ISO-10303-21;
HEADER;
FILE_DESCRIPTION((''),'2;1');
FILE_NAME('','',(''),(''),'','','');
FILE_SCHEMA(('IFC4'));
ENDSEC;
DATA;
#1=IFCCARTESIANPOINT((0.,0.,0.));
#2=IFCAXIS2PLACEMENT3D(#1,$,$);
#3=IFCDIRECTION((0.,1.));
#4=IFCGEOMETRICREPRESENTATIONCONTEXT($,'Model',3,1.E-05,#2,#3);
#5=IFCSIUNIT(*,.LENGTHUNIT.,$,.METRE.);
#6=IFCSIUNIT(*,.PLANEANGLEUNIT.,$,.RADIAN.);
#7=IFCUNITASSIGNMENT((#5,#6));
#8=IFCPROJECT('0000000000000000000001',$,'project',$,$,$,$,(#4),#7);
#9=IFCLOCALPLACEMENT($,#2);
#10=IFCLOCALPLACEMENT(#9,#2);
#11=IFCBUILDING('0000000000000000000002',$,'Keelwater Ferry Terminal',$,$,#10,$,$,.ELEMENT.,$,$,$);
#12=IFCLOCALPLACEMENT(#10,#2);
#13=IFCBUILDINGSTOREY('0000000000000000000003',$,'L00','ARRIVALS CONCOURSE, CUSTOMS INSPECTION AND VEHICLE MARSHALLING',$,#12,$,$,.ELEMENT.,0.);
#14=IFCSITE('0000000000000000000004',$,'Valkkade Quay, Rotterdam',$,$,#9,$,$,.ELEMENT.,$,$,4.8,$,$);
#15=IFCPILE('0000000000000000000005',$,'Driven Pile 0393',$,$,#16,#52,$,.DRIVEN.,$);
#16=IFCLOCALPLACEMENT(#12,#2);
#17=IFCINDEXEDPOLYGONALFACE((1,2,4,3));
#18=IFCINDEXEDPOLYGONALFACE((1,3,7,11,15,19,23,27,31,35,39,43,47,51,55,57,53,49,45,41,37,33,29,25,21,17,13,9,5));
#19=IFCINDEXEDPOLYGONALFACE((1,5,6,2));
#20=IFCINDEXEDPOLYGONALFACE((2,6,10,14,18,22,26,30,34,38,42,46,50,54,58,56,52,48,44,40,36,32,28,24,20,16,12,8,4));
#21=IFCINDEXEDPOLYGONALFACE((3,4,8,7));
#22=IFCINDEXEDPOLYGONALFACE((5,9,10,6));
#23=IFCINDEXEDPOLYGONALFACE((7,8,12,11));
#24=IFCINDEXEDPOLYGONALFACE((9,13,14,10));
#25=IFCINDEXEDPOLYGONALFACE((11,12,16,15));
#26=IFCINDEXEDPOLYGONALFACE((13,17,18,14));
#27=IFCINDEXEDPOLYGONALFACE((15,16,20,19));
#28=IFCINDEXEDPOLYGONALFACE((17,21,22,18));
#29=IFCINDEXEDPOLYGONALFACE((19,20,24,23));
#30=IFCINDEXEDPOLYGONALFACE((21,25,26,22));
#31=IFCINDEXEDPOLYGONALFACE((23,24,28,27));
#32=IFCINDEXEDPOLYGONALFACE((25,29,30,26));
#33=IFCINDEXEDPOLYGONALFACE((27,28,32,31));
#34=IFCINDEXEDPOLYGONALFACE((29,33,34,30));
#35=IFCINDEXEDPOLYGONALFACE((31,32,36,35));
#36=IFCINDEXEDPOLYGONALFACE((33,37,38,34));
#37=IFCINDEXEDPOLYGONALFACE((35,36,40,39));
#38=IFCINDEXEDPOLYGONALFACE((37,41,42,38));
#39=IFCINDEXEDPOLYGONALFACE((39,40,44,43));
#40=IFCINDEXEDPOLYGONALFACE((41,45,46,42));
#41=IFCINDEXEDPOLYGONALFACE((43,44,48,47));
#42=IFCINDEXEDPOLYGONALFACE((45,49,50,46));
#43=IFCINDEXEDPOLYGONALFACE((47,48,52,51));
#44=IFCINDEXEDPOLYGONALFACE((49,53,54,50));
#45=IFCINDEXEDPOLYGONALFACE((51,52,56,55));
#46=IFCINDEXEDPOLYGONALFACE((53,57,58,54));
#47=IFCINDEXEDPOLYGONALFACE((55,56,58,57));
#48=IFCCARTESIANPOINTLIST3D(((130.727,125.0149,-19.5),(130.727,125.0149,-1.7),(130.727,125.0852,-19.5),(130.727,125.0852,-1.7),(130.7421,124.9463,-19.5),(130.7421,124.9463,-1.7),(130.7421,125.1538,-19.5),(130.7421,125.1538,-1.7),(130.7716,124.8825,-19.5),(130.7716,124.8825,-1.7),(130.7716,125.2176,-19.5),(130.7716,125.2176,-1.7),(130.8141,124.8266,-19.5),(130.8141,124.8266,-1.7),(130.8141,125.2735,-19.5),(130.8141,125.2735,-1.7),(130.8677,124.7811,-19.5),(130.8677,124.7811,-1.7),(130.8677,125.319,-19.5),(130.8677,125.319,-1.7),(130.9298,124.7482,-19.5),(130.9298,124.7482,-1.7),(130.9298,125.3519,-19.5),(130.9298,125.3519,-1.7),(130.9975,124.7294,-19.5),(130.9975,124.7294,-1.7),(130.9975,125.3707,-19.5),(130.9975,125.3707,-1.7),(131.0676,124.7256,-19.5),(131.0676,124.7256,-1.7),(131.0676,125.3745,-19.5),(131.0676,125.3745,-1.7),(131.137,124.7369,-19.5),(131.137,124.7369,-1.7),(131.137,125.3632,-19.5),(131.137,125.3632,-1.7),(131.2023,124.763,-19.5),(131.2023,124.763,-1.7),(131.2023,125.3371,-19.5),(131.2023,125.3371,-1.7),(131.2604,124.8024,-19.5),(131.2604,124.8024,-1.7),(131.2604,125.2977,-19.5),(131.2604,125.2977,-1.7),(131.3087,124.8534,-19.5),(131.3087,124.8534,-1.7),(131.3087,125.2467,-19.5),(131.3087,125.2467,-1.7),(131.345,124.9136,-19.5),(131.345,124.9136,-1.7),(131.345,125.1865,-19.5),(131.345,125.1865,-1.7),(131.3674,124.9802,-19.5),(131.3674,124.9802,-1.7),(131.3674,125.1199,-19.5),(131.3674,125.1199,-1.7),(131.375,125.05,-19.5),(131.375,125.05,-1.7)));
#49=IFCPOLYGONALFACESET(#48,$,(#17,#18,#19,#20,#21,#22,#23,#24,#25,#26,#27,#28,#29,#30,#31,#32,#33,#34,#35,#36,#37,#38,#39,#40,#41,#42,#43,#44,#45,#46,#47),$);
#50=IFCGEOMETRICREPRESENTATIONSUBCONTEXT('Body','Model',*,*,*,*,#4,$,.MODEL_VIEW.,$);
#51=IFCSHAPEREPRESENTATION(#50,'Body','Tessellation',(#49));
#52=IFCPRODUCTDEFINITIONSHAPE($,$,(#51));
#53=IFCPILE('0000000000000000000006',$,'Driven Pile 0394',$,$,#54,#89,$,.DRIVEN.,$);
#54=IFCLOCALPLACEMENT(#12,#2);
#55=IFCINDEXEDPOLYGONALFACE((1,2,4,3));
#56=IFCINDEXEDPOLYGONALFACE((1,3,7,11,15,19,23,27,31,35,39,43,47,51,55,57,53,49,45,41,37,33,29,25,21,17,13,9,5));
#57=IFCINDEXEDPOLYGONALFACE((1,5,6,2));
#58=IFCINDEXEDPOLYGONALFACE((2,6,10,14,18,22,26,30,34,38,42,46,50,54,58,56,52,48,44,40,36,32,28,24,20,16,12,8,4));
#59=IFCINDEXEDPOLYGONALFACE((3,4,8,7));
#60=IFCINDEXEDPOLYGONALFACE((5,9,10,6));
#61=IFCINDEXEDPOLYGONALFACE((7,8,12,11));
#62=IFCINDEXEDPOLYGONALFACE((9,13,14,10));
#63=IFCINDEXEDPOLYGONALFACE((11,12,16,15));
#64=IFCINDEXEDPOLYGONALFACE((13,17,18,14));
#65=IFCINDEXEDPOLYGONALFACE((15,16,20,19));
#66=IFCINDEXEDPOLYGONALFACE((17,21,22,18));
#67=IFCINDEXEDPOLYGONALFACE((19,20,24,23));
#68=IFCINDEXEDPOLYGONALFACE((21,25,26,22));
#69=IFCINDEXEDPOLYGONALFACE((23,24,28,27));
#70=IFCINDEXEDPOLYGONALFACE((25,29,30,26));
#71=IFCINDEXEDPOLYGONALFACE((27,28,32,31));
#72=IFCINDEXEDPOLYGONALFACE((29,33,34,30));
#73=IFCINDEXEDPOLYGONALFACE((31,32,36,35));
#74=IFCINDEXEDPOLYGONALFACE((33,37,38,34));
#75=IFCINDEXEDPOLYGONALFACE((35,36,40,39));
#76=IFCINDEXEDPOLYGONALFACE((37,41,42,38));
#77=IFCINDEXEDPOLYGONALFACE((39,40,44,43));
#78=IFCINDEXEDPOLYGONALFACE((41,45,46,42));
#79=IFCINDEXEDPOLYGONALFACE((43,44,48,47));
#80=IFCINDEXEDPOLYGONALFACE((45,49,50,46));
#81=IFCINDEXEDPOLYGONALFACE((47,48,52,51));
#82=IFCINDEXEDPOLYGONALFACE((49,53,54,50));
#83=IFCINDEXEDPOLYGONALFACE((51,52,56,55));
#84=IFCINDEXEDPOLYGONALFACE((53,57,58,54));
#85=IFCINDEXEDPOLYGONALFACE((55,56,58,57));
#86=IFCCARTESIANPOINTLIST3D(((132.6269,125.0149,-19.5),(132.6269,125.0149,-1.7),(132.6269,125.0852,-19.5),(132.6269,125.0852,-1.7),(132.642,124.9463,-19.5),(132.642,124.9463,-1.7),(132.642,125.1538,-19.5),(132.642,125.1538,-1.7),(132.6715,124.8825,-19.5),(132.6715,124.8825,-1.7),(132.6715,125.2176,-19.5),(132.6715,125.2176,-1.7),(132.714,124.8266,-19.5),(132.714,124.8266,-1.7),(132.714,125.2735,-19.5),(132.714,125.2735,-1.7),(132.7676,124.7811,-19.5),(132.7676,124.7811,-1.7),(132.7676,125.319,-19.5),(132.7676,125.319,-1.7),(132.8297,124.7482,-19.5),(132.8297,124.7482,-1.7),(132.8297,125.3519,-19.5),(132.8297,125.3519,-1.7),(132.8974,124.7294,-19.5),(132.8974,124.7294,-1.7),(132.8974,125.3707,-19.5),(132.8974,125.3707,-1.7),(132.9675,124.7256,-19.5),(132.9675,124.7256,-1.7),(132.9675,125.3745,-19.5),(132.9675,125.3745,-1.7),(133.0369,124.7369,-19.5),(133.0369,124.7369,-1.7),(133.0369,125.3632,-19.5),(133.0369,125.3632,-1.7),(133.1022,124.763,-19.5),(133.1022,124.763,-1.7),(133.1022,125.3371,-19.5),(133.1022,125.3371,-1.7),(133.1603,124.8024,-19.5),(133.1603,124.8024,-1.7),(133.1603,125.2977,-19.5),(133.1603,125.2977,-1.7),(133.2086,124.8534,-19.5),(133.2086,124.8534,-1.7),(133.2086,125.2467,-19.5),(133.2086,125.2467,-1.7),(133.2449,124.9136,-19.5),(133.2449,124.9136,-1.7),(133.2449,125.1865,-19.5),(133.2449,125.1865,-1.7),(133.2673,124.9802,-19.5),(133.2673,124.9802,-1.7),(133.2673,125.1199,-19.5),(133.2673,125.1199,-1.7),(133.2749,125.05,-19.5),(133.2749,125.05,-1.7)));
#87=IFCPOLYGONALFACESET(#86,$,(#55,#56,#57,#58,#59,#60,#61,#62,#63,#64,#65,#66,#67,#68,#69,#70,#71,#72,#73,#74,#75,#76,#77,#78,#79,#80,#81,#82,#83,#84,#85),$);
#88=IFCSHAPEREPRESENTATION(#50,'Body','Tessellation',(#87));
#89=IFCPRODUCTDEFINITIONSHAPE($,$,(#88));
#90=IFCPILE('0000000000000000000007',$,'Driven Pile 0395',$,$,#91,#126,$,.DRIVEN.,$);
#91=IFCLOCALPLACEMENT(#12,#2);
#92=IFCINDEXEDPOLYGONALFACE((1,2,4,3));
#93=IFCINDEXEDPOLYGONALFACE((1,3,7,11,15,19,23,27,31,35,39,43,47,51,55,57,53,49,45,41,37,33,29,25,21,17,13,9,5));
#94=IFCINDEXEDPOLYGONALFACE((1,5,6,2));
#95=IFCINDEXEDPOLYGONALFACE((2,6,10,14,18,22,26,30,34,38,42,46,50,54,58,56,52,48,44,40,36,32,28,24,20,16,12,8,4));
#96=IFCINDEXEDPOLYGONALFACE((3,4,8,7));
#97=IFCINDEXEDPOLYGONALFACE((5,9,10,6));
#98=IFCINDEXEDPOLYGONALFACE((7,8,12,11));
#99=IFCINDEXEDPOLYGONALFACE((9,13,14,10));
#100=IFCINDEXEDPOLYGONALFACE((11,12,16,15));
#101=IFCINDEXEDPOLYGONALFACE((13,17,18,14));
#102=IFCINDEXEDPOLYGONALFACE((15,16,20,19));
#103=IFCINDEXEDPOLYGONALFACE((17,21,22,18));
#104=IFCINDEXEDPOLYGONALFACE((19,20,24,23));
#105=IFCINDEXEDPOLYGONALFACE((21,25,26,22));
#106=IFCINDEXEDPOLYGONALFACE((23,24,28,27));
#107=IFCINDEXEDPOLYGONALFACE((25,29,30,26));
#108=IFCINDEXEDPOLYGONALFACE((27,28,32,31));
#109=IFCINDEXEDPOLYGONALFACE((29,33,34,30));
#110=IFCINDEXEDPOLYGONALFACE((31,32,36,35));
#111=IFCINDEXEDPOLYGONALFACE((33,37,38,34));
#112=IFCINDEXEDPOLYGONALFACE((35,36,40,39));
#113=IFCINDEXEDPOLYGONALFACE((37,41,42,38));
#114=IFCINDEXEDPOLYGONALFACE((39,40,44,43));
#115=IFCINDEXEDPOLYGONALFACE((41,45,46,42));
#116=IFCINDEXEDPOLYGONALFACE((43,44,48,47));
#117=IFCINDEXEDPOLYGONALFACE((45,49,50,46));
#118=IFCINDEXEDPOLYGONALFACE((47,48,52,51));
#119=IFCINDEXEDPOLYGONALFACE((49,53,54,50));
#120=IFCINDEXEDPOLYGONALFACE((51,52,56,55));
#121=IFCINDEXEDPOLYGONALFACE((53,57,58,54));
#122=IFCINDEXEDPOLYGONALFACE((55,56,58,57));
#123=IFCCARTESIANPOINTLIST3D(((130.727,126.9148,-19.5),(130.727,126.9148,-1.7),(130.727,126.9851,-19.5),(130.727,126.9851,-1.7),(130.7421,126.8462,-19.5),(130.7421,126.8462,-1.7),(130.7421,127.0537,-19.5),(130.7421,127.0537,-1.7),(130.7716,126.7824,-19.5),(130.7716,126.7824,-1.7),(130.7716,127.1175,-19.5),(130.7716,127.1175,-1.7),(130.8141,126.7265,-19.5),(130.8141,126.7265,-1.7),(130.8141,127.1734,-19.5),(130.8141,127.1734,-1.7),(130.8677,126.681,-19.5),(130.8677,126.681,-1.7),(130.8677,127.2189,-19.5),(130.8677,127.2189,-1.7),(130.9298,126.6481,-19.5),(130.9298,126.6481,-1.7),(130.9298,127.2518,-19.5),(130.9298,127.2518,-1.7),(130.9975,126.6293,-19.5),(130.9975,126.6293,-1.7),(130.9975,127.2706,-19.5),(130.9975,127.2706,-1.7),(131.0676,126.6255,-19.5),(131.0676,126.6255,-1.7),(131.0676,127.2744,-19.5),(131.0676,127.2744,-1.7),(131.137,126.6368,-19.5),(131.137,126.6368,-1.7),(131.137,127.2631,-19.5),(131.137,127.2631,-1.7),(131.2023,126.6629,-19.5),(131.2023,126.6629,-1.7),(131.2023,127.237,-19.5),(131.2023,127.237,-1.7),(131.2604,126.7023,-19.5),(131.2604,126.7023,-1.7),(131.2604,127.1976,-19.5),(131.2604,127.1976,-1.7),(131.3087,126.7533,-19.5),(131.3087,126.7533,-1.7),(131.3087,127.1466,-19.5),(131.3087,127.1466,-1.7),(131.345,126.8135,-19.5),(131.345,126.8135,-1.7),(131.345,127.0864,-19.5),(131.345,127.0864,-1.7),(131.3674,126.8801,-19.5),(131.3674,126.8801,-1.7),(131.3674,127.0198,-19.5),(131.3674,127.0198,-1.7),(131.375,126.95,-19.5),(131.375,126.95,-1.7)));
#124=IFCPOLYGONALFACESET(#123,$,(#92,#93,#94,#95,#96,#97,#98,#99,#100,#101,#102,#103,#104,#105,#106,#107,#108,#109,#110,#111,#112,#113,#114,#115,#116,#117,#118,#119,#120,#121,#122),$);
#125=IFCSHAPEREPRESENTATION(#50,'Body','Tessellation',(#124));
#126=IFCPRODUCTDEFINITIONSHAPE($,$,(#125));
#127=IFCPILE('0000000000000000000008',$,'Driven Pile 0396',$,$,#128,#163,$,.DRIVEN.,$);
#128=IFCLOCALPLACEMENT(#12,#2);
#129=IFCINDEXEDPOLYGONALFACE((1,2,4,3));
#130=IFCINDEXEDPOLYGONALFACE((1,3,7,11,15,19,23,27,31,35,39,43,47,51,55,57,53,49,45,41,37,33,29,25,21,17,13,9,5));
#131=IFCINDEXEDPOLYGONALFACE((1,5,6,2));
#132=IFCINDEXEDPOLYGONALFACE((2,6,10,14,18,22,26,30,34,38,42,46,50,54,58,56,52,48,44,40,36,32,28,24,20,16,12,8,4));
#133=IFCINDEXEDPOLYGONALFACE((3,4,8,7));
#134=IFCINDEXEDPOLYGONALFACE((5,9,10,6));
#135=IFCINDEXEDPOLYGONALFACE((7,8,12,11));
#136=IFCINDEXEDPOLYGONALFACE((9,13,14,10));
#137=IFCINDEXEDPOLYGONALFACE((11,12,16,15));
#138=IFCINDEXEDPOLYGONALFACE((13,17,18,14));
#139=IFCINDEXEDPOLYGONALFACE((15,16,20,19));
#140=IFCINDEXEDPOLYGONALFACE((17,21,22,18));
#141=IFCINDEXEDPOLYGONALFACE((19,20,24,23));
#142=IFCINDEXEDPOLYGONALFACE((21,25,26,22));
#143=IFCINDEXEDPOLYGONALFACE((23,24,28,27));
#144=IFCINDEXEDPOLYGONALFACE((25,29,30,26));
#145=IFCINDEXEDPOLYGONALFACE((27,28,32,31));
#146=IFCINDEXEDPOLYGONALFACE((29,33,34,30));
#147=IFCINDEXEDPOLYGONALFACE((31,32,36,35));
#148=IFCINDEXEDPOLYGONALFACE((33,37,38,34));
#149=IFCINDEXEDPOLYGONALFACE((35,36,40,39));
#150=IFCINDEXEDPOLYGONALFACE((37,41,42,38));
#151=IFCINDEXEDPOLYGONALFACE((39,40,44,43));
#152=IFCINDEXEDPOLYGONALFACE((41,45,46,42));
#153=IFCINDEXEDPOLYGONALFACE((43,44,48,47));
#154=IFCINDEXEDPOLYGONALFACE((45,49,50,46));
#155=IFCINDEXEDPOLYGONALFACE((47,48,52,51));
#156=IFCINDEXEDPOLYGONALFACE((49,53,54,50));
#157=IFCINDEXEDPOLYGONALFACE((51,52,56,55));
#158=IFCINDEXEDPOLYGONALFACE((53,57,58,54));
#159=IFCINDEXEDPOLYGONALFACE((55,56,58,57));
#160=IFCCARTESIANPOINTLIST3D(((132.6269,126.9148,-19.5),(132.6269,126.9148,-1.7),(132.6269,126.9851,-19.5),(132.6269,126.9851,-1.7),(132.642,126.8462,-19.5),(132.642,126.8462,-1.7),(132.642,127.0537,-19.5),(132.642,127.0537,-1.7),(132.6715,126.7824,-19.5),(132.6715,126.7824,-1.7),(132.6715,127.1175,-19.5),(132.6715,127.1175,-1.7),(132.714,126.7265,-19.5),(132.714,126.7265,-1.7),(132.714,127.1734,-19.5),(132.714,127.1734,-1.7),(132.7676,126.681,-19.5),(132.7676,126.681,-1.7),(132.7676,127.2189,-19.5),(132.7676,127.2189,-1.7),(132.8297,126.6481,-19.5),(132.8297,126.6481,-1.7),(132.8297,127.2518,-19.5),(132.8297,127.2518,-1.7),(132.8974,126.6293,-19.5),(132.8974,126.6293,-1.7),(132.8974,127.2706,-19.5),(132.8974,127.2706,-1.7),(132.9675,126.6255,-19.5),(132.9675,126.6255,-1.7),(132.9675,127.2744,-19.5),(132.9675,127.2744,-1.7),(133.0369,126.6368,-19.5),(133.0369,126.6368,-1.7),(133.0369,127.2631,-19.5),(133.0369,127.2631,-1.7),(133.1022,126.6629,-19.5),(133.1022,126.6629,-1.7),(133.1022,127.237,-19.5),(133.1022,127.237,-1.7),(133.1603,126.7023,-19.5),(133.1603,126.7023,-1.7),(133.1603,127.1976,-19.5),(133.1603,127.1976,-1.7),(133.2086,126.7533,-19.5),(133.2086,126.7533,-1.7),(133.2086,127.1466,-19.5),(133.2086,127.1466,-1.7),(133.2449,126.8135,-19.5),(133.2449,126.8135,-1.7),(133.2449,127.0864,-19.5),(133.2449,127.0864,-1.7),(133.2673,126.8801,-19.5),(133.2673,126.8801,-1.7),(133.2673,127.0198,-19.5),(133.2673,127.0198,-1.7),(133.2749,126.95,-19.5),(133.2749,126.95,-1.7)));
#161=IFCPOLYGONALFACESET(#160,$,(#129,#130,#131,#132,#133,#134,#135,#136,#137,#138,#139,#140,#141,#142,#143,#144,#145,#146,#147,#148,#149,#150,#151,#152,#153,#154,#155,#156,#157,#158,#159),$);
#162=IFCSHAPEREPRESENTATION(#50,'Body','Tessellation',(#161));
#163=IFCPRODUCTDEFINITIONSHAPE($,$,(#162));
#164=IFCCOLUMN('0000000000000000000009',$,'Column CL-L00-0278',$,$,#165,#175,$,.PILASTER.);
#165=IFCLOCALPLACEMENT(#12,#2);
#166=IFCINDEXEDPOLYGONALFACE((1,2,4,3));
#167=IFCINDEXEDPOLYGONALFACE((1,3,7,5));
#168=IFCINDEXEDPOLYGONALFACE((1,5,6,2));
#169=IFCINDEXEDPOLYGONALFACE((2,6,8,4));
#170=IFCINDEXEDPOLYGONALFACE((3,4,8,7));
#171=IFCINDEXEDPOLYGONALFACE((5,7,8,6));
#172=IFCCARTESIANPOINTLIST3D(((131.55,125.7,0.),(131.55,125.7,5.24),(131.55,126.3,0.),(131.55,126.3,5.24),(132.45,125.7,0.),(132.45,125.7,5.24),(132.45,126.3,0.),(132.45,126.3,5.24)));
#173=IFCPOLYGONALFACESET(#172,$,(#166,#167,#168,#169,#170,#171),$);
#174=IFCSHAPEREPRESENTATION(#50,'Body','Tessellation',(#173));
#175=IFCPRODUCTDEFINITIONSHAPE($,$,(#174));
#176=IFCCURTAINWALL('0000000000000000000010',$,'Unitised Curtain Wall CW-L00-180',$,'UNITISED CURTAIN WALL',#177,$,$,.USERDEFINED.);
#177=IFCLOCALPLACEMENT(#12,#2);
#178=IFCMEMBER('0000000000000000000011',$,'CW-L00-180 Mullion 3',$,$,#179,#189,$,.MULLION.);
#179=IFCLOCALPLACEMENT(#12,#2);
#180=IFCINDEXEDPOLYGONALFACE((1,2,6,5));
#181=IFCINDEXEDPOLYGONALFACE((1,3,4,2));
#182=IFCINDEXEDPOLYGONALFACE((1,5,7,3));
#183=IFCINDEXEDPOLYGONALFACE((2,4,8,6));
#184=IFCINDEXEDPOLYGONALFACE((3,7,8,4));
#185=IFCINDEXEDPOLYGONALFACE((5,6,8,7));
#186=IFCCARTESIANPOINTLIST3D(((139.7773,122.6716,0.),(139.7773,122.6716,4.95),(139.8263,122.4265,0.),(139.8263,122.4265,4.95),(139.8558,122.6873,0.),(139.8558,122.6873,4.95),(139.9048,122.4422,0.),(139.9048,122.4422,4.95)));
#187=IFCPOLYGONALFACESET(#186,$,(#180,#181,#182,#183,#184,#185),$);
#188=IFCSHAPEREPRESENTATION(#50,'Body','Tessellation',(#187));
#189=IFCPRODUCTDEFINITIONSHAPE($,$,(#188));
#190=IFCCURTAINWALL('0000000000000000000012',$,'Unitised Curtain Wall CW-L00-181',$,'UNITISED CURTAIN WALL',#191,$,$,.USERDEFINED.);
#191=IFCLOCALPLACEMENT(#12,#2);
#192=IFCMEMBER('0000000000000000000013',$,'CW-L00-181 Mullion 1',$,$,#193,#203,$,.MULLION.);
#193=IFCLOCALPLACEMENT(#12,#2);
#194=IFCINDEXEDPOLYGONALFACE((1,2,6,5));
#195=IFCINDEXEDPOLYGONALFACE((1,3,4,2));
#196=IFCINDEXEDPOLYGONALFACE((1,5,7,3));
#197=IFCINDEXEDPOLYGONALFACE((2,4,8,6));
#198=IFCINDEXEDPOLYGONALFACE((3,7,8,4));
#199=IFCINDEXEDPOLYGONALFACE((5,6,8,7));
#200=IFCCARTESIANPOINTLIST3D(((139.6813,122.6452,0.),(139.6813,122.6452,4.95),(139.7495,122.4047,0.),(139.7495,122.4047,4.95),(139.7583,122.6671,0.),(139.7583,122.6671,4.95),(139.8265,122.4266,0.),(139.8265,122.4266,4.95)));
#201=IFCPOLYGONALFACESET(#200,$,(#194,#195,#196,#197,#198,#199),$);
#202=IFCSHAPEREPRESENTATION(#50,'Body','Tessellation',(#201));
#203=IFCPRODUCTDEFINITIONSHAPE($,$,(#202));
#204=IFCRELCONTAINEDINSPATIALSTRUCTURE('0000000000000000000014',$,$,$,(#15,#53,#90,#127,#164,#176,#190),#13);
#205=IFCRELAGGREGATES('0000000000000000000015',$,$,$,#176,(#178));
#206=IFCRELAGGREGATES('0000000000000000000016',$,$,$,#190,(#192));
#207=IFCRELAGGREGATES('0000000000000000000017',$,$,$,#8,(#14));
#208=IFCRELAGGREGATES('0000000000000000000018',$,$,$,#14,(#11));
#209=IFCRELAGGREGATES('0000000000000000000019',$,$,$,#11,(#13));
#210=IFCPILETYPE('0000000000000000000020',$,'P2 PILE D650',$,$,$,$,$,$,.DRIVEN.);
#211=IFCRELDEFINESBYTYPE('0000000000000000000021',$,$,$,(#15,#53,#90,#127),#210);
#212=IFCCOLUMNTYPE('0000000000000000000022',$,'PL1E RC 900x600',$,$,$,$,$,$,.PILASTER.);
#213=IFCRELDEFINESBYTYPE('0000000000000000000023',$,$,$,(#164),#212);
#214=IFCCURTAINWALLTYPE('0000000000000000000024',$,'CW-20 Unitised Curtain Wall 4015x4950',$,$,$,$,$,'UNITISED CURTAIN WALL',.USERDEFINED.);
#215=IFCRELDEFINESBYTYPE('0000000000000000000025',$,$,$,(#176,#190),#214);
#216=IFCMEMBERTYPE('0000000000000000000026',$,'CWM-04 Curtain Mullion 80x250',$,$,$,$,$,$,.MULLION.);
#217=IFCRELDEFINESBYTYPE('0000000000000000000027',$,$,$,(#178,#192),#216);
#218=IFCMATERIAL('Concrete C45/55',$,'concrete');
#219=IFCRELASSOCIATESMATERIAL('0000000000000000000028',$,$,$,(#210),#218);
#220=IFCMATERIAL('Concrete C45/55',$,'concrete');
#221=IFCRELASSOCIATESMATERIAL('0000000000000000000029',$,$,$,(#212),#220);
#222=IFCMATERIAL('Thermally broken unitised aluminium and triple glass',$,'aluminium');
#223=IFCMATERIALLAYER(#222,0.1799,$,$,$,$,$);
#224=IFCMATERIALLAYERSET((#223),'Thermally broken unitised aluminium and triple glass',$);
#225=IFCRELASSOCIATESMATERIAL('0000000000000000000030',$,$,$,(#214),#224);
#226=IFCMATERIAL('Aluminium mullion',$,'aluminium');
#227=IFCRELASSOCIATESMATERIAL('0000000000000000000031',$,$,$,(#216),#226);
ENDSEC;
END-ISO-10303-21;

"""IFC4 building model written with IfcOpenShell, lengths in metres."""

from ifc_helpers import new_model, si_unit, direction, frame, origin, origin_2d, place, context, subcontext, project, spatial, rectangle, circle, extrude, material, layer, layer_set, material_profile, profile_set, type_object, element, aggregate, save


model = new_model("IFC4")

# Units and contexts
model_context = context("Model", 3, precision=1e-05, world=origin(), true_north=direction((0.0, 1.0)))
body_context = subcontext(model_context, "Body", "Model", "MODEL_VIEW")
ifc_project = project(units=[si_unit("LENGTHUNIT", "METRE"), si_unit("PLANEANGLEUNIT", "RADIAN")], contexts=[model_context])

# Site, building, storey
site_placement = place(None, origin())
site = spatial("IfcSite", under=ifc_project, at=site_placement, Name="Valkkade Quay, Rotterdam", CompositionType="ELEMENT", RefElevation=4.8)
building_placement = place(site_placement, origin())
building = spatial("IfcBuilding", under=site, at=building_placement, Name="Keelwater Ferry Terminal", CompositionType="ELEMENT")
storey_placement = place(building_placement, origin())
storey = spatial("IfcBuildingStorey", under=building, at=storey_placement, Name="L00", Description="ARRIVALS CONCOURSE, CUSTOMS INSPECTION AND VEHICLE MARSHALLING", CompositionType="ELEMENT", Elevation=0.0)

# Piles
ifc_material_1 = material(Name="Concrete C45/55", Category="concrete")
ifc_material_profile_1 = material_profile(ifc_material_1, circle(Radius=0.325, at=origin_2d()), Name="PILE D650")
ifc_profile_set_1 = profile_set([ifc_material_profile_1], Name="Concrete C45/55")
pile_type = type_object("IfcPileType", Name="P2 PILE D650", PredefinedType="DRIVEN", material=ifc_profile_set_1)
for number, where, z_axis, x_axis, name in (
    (1, (131.05, 125.05, -1.7), (0.0, 0.0, -1.0), (1.0, 0.0, 0.0), "Driven Pile 0393"),
    (2, (132.95, 125.05, -1.7), (0.0, 0.0, -1.0), (1.0, 0.0, 0.0), "Driven Pile 0394"),
    (3, (131.05, 126.95, -1.7), (0.0, 0.0, -1.0), (1.0, 0.0, 0.0), "Driven Pile 0395"),
    (4, (132.95, 126.95, -1.7), (0.0, 0.0, -1.0), (1.0, 0.0, 0.0), "Driven Pile 0396"),
):
    element("IfcPile", number, at=place(storey_placement, frame(where, z_axis=z_axis, x_axis=x_axis)), inside=storey, type_object=pile_type, Name=name, PredefinedType="DRIVEN", context=body_context, shape_type="SweptSolid", body=[
        extrude(circle(Radius=0.325, at=origin_2d()), origin(), (0.0, 0.0, 1.0), 17.8),
    ])

# Column
ifc_material_2 = material(Name="Concrete C45/55", Category="concrete")
ifc_material_profile_2 = material_profile(ifc_material_2, rectangle(XDim=0.6001, YDim=0.8999, at=origin_2d()), Name="RC 900x600")
ifc_profile_set_2 = profile_set([ifc_material_profile_2], Name="Concrete C45/55")
column_type = type_object("IfcColumnType", Name="PL1E RC 900x600", PredefinedType="PILASTER", material=ifc_profile_set_2)
column_placement = place(storey_placement, frame((132.0, 126.0, 0.0), z_axis=(0.0, 0.0, 1.0), x_axis=(0.0, 1.0, 0.0)))
element("IfcColumn", 5, at=column_placement, inside=storey, type_object=column_type, Name="Column CL-L00-0278", PredefinedType="PILASTER", context=body_context, shape_type="SweptSolid", body=[
    extrude(rectangle(XDim=0.6001, YDim=0.8999, at=origin_2d()), origin(), (0.0, 0.0, 1.0), 5.24),
])

# Curtain wall, member
ifc_material_3 = material(Name="Thermally broken unitised aluminium and triple glass", Category="aluminium")
ifc_layer_1 = layer(ifc_material_3, 0.1799)
ifc_layer_set_1 = layer_set([ifc_layer_1], Name="Thermally broken unitised aluminium and triple glass")
curtain_wall_type = type_object("IfcCurtainWallType", Name="CW-20 Unitised Curtain Wall 4015x4950", ElementType="UNITISED CURTAIN WALL", PredefinedType="USERDEFINED", material=ifc_layer_set_1)
curtain_wall_1_placement = place(storey_placement, origin())
curtain_wall_1 = element("IfcCurtainWall", 6, at=curtain_wall_1_placement, inside=storey, type_object=curtain_wall_type, Name="Unitised Curtain Wall CW-L00-180", ObjectType="UNITISED CURTAIN WALL", PredefinedType="USERDEFINED")
ifc_material_4 = material(Name="Aluminium mullion", Category="aluminium")
ifc_material_profile_3 = material_profile(ifc_material_4, rectangle(XDim=0.0801, YDim=0.25, at=origin_2d()), Name="CWM-04")
ifc_profile_set_3 = profile_set([ifc_material_profile_3], Name="Aluminium mullion")
member_type_1 = type_object("IfcMemberType", Name="CWM-04 Curtain Mullion 80x250", PredefinedType="MULLION", material=ifc_profile_set_3)
member_1_placement = place(storey_placement, frame((139.8411, 122.5569, 0.0), z_axis=(0.0, 0.0, 1.0), x_axis=(-0.9806, -0.19602, 0.0)))
member_1 = element("IfcMember", 7, at=member_1_placement, type_object=member_type_1, Name="CW-L00-180 Mullion 3", PredefinedType="MULLION", context=body_context, shape_type="SweptSolid", body=[
    extrude(rectangle(XDim=0.0801, YDim=0.25, at=origin_2d()), origin(), (0.0, 0.0, 1.0), 4.95),
])
aggregate(curtain_wall_1, [member_1])

# Curtain wall, member
curtain_wall_2_placement = place(storey_placement, origin())
curtain_wall_2 = element("IfcCurtainWall", 8, at=curtain_wall_2_placement, inside=storey, type_object=curtain_wall_type, Name="Unitised Curtain Wall CW-L00-181", ObjectType="UNITISED CURTAIN WALL", PredefinedType="USERDEFINED")
member_2_placement = place(storey_placement, frame((139.7539, 122.5359, 0.0), z_axis=(0.0, 0.0, 1.0), x_axis=(-0.96203, -0.272945, 0.0)))
member_2 = element("IfcMember", 9, at=member_2_placement, type_object=member_type_1, Name="CW-L00-181 Mullion 1", PredefinedType="MULLION", context=body_context, shape_type="SweptSolid", body=[
    extrude(rectangle(XDim=0.0801, YDim=0.25, at=origin_2d()), origin(), (0.0, 0.0, 1.0), 4.95),
])

aggregate(curtain_wall_2, [member_2])

save(model, "model.ifc")
